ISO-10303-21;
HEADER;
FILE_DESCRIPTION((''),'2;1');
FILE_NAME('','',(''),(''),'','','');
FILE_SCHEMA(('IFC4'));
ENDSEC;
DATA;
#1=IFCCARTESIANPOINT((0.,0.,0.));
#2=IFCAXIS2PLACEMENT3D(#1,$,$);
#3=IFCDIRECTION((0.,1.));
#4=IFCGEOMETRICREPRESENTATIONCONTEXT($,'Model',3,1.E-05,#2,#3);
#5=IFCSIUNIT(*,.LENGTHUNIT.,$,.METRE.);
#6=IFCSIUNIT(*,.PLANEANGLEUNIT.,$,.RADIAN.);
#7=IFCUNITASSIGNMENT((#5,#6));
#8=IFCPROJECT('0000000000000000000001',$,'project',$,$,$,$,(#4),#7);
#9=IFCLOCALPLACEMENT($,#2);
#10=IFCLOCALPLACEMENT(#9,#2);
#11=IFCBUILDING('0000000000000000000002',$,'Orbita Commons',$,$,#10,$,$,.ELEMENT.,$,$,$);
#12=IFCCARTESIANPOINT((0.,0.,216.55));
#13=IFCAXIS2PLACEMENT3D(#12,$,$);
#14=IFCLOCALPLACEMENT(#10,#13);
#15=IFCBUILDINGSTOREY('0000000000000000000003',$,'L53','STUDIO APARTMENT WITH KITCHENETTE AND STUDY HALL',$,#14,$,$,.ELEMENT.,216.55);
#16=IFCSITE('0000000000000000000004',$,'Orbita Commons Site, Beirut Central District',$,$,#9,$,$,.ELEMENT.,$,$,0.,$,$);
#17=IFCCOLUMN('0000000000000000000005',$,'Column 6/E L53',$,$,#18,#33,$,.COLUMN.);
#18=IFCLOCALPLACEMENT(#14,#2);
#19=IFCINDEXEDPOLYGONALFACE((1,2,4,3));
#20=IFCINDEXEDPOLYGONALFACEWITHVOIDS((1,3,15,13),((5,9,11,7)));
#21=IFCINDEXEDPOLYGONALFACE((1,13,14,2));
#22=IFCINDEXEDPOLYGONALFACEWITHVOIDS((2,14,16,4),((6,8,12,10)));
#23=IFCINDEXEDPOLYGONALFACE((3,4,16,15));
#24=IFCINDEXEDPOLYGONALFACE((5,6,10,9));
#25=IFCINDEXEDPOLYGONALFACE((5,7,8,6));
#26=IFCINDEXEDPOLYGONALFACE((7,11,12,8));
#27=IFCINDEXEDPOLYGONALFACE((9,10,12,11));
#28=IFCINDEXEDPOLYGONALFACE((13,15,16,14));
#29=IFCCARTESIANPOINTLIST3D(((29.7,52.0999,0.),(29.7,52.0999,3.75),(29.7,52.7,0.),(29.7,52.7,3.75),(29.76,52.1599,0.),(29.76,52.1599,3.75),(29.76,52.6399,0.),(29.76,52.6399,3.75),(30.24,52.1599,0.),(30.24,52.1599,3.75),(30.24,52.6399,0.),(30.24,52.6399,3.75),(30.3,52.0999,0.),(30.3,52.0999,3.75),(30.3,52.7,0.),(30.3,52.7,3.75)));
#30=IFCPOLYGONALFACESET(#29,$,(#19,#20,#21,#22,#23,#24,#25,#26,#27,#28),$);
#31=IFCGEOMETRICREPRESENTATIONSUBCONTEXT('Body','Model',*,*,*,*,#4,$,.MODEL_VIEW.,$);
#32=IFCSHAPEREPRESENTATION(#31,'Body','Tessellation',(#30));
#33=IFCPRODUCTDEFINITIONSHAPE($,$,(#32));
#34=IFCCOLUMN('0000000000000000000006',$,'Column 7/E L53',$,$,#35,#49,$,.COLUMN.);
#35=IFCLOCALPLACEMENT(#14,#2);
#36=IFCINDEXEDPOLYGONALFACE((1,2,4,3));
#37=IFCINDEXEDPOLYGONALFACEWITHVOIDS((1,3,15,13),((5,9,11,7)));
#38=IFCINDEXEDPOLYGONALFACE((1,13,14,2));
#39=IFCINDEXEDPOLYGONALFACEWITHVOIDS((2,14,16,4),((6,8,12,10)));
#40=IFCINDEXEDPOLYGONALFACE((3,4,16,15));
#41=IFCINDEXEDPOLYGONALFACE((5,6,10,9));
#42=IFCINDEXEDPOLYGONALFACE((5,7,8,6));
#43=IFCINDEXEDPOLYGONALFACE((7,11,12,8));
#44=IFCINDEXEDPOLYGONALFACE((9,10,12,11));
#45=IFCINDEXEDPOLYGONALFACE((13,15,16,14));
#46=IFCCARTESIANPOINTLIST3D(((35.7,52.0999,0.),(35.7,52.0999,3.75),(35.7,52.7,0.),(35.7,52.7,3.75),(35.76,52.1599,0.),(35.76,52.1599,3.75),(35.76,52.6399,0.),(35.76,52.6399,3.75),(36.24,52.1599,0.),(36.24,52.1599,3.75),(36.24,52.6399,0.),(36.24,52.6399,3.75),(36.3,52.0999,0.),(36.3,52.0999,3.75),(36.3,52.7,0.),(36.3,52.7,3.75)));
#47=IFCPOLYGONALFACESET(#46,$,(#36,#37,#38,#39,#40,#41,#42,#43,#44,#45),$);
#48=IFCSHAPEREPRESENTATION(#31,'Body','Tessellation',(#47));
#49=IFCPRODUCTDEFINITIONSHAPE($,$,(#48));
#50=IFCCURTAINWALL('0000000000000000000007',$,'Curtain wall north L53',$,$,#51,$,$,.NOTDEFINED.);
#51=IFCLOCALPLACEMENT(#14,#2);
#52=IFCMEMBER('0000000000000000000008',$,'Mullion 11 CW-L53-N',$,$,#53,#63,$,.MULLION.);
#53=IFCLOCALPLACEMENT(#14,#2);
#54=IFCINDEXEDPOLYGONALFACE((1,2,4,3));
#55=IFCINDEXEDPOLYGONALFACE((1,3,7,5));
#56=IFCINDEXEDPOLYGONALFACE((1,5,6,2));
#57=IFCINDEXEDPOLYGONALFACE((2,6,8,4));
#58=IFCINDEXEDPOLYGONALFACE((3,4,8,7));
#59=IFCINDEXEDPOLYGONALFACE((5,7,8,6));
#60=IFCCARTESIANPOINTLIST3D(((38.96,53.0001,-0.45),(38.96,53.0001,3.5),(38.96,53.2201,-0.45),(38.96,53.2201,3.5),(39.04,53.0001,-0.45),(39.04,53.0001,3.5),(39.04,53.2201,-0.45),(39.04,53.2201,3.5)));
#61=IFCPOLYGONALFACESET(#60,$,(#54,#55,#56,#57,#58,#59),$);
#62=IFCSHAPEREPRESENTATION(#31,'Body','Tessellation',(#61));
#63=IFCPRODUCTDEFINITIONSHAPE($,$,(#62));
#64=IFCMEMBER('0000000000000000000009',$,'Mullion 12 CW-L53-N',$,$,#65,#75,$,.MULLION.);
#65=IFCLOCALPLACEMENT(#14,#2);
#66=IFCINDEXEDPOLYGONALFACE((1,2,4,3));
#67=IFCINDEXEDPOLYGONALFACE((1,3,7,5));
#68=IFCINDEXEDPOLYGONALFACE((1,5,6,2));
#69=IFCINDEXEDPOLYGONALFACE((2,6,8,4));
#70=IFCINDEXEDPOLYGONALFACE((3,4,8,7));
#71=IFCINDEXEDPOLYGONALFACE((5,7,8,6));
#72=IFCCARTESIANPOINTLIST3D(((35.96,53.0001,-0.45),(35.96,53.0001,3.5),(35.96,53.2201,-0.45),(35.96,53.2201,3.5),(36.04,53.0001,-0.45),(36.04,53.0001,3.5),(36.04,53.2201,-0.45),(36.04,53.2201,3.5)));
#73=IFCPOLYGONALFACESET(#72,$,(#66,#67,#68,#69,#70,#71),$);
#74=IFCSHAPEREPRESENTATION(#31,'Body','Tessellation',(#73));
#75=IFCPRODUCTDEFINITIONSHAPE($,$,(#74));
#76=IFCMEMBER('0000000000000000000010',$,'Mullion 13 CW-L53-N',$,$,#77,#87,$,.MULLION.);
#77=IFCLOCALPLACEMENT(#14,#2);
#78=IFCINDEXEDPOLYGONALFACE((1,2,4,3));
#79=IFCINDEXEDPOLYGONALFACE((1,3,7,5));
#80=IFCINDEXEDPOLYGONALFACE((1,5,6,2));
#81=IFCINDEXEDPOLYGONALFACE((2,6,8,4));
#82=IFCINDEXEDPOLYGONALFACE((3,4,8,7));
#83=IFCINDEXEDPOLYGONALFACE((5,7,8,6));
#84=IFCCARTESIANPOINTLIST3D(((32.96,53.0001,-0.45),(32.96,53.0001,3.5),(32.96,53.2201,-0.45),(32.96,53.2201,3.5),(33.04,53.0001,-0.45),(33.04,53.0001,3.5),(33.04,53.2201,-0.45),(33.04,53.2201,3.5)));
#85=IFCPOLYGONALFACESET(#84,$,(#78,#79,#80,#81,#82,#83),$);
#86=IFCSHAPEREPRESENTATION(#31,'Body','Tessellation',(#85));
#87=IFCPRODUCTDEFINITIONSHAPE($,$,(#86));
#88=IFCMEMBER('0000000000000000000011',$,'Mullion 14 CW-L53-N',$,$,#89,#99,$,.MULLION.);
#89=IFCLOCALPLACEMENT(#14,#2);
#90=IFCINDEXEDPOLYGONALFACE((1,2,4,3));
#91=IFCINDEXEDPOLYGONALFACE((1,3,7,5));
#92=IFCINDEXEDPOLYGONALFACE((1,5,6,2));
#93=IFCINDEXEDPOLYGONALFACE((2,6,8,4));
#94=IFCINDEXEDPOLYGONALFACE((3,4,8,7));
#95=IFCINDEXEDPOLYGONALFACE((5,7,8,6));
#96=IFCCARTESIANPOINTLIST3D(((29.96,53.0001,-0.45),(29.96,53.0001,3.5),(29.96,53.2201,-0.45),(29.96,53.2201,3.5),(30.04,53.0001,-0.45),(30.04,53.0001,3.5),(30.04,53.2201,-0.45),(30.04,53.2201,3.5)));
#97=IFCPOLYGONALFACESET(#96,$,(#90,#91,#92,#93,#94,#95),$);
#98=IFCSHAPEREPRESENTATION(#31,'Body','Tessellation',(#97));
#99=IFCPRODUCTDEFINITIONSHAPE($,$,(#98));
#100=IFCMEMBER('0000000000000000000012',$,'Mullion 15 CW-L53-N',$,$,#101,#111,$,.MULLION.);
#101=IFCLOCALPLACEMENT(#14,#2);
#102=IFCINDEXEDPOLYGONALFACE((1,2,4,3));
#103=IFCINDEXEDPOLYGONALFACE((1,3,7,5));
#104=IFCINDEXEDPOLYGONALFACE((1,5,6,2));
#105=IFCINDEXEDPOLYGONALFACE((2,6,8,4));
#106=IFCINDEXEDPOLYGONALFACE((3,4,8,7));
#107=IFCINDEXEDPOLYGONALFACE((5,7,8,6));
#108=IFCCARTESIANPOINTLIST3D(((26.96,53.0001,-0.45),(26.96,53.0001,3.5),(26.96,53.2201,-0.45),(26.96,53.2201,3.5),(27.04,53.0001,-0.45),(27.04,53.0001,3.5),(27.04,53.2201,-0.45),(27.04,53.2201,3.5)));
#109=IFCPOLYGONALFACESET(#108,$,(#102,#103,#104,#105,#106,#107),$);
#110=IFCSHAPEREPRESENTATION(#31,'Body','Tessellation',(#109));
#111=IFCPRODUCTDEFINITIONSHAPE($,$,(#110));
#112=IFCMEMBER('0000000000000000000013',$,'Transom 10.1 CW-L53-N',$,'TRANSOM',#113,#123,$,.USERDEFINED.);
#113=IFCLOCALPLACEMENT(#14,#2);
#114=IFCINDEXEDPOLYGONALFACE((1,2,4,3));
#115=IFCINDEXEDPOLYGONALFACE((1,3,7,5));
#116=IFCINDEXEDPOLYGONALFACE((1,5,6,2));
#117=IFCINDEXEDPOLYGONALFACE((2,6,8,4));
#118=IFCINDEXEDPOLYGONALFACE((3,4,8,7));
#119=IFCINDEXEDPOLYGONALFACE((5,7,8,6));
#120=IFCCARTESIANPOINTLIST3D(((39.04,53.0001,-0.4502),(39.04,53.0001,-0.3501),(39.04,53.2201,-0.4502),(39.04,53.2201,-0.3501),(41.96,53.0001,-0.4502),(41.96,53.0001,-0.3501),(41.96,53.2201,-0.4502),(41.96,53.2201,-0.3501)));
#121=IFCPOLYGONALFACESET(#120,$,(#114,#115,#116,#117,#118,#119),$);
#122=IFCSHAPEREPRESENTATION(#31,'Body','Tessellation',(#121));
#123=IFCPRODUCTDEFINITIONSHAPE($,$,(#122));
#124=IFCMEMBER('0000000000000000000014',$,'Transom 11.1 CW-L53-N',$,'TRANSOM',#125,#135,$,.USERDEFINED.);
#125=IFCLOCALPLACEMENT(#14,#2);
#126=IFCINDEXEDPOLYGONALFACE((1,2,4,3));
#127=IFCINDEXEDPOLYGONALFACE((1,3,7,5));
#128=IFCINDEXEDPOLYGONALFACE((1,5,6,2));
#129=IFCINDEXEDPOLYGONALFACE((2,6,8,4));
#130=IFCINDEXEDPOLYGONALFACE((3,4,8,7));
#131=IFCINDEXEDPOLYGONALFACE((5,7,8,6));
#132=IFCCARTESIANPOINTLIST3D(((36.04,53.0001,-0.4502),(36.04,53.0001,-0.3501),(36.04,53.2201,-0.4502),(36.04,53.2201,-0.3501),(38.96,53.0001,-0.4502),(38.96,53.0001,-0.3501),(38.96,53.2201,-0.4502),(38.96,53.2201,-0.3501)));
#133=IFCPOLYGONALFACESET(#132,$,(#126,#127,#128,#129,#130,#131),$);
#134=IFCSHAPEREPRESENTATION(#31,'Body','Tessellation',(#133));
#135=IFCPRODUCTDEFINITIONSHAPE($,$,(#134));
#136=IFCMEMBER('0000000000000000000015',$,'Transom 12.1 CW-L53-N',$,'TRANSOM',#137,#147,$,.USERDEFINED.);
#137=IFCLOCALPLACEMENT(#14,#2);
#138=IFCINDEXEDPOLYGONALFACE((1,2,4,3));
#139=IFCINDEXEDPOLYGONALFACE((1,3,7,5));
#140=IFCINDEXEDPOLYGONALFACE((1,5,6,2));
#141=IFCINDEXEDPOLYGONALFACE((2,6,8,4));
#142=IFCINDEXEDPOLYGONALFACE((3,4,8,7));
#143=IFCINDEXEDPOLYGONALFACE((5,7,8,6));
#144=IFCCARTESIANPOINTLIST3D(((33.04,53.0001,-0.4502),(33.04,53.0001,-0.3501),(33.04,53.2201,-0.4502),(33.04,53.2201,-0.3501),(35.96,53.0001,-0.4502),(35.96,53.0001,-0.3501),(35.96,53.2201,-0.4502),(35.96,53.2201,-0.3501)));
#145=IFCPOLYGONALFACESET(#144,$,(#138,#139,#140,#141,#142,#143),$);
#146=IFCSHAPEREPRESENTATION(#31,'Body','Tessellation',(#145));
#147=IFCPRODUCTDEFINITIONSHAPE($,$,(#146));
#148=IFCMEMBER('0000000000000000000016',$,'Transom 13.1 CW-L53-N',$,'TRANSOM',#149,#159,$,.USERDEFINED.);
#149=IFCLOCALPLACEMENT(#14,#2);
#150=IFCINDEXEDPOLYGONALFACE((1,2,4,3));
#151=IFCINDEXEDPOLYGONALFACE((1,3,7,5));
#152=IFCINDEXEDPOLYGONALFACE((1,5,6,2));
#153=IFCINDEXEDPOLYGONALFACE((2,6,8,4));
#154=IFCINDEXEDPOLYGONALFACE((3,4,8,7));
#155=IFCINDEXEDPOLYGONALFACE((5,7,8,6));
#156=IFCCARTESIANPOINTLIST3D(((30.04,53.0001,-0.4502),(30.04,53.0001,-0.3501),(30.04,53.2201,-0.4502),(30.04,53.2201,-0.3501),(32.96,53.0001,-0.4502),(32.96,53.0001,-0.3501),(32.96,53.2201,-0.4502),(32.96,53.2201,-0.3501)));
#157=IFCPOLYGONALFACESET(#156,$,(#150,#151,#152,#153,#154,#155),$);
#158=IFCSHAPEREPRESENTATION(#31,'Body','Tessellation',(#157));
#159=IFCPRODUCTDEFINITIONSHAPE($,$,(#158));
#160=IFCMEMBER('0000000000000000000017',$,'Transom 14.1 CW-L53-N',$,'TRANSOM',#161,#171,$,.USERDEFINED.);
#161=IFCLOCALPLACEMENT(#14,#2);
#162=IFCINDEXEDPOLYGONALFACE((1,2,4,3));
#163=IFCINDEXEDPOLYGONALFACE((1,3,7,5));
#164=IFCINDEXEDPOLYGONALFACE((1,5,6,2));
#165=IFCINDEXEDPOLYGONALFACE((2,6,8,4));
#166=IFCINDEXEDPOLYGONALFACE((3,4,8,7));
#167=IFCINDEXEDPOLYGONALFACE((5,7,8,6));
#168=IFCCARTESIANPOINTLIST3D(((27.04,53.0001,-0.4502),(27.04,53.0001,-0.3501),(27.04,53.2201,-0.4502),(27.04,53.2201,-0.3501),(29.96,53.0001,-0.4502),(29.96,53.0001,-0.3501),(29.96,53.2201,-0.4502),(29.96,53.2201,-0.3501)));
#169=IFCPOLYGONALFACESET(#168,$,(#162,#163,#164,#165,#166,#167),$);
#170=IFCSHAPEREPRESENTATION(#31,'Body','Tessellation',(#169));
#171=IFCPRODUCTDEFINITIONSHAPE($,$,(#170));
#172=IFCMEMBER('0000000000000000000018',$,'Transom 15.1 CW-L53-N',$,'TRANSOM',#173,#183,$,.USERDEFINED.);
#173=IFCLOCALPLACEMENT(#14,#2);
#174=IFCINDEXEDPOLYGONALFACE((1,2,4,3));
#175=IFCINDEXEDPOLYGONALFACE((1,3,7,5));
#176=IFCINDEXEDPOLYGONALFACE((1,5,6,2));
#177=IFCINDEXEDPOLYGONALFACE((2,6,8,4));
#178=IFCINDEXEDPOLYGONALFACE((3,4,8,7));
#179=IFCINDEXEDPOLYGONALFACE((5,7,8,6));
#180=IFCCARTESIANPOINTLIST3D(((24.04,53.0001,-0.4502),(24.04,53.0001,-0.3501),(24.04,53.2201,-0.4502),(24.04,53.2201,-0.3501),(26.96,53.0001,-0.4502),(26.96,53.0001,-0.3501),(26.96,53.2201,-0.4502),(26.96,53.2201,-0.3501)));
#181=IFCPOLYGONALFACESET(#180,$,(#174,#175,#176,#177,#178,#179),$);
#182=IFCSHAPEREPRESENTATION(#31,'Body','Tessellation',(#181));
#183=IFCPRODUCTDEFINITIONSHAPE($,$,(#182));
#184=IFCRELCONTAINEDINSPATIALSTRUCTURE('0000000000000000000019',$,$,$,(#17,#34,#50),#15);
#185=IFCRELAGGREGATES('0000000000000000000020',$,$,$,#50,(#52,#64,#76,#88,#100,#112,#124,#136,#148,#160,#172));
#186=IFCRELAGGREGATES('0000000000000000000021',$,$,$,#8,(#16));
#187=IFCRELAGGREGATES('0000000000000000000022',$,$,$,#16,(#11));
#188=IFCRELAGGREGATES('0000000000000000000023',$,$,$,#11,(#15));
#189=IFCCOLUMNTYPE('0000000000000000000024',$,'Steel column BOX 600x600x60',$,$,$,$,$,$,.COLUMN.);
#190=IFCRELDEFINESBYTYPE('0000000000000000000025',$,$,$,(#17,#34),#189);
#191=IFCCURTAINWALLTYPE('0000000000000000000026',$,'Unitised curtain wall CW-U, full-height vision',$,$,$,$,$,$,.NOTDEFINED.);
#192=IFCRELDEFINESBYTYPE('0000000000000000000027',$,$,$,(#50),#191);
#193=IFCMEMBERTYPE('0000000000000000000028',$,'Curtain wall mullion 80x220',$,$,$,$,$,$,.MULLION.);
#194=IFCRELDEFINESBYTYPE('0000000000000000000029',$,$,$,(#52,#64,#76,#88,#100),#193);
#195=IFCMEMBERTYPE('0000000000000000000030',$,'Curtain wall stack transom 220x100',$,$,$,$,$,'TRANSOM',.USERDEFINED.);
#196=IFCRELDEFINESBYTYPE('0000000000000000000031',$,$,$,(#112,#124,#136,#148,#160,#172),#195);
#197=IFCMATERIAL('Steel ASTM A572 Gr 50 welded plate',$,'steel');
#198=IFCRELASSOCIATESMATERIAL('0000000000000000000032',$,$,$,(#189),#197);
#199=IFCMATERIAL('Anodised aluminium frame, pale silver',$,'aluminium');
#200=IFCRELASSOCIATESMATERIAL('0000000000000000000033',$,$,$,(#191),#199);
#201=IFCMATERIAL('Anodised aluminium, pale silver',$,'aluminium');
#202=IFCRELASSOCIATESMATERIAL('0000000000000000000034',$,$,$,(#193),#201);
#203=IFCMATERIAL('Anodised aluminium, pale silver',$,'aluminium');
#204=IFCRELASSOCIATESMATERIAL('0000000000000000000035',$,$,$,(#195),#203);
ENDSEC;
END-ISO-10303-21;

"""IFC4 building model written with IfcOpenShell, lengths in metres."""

from ifc_helpers import new_model, si_unit, direction, frame, origin, origin_2d, place, context, subcontext, project, spatial, rectangle, hollow_rectangle, extrude, material, material_profile, profile_set, type_object, element, aggregate, save


model = new_model("IFC4")

# Units and contexts
model_context = context("Model", 3, precision=1e-05, world=origin(), true_north=direction((0.0, 1.0)))
body_context = subcontext(model_context, "Body", "Model", "MODEL_VIEW")
ifc_project = project(units=[si_unit("LENGTHUNIT", "METRE"), si_unit("PLANEANGLEUNIT", "RADIAN")], contexts=[model_context])

# Site, building, storey
site_placement = place(None, origin())
site = spatial("IfcSite", under=ifc_project, at=site_placement, Name="Orbita Commons Site, Beirut Central District", CompositionType="ELEMENT", RefElevation=0.0)
building_placement = place(site_placement, origin())
building = spatial("IfcBuilding", under=site, at=building_placement, Name="Orbita Commons", CompositionType="ELEMENT")
storey_placement = place(building_placement, frame((0.0, 0.0, 216.55)))
storey = spatial("IfcBuildingStorey", under=building, at=storey_placement, Name="L53", Description="STUDIO APARTMENT WITH KITCHENETTE AND STUDY HALL", CompositionType="ELEMENT", Elevation=216.55)

# Columns
ifc_material_1 = material(Name="Steel ASTM A572 Gr 50 welded plate", Category="steel")
ifc_material_profile_1 = material_profile(ifc_material_1, hollow_rectangle(XDim=0.6001, YDim=0.6001, WallThickness=0.0601, at=origin_2d()), Name="BOX 600x600x60")
ifc_profile_set_1 = profile_set([ifc_material_profile_1], Name="Steel ASTM A572 Gr 50 welded plate")
column_type = type_object("IfcColumnType", Name="Steel column BOX 600x600x60", PredefinedType="COLUMN", material=ifc_profile_set_1)
for number, where, z_axis, x_axis, name in (
    (1, (30.0, 52.3999, 0.0), (0.0, 0.0, 1.0), (1.0, 0.0, 0.0), "Column 6/E L53"),
    (2, (36.0, 52.3999, 0.0), (0.0, 0.0, 1.0), (1.0, 0.0, 0.0), "Column 7/E L53"),
):
    element("IfcColumn", number, at=place(storey_placement, frame(where, z_axis=z_axis, x_axis=x_axis)), inside=storey, type_object=column_type, Name=name, PredefinedType="COLUMN", context=body_context, shape_type="SweptSolid", body=[
        extrude(hollow_rectangle(XDim=0.6001, YDim=0.6001, WallThickness=0.0601, at=origin_2d()), origin(), (0.0, 0.0, 1.0), 3.75),
    ])

# Curtain wall, members
ifc_material_2 = material(Name="Anodised aluminium frame, pale silver", Category="aluminium")
curtain_wall_type = type_object("IfcCurtainWallType", Name="Unitised curtain wall CW-U, full-height vision", PredefinedType="NOTDEFINED", material=ifc_material_2)
curtain_wall_placement = place(storey_placement, origin())
curtain_wall = element("IfcCurtainWall", 3, at=curtain_wall_placement, inside=storey, type_object=curtain_wall_type, Name="Curtain wall north L53", PredefinedType="NOTDEFINED")
ifc_material_3 = material(Name="Anodised aluminium, pale silver", Category="aluminium")
ifc_material_profile_2 = material_profile(ifc_material_3, rectangle(XDim=0.0801, YDim=0.22, at=origin_2d()), Name="AL 80x220")
ifc_profile_set_2 = profile_set([ifc_material_profile_2], Name="Anodised aluminium, pale silver")
member_type_1 = type_object("IfcMemberType", Name="Curtain wall mullion 80x220", PredefinedType="MULLION", material=ifc_profile_set_2)
member_1_placement = place(storey_placement, frame((39.0, 53.1101, -0.45), z_axis=(0.0, 0.0, 1.0), x_axis=(-1.0, 0.0, 0.0)))
member_1 = element("IfcMember", 4, at=member_1_placement, type_object=member_type_1, Name="Mullion 11 CW-L53-N", PredefinedType="MULLION", context=body_context, shape_type="SweptSolid", body=[
    extrude(rectangle(XDim=0.0801, YDim=0.22, at=origin_2d()), origin(), (0.0, 0.0, 1.0), 3.95),
])
member_2_placement = place(storey_placement, frame((36.0, 53.1101, -0.45), z_axis=(0.0, 0.0, 1.0), x_axis=(-1.0, 0.0, 0.0)))
member_2 = element("IfcMember", 5, at=member_2_placement, type_object=member_type_1, Name="Mullion 12 CW-L53-N", PredefinedType="MULLION", context=body_context, shape_type="SweptSolid", body=[
    extrude(rectangle(XDim=0.0801, YDim=0.22, at=origin_2d()), origin(), (0.0, 0.0, 1.0), 3.95),
])
member_3_placement = place(storey_placement, frame((33.0, 53.1101, -0.45), z_axis=(0.0, 0.0, 1.0), x_axis=(-1.0, 0.0, 0.0)))
member_3 = element("IfcMember", 6, at=member_3_placement, type_object=member_type_1, Name="Mullion 13 CW-L53-N", PredefinedType="MULLION", context=body_context, shape_type="SweptSolid", body=[
    extrude(rectangle(XDim=0.0801, YDim=0.22, at=origin_2d()), origin(), (0.0, 0.0, 1.0), 3.95),
])
member_4_placement = place(storey_placement, frame((30.0, 53.1101, -0.45), z_axis=(0.0, 0.0, 1.0), x_axis=(-1.0, 0.0, 0.0)))
member_4 = element("IfcMember", 7, at=member_4_placement, type_object=member_type_1, Name="Mullion 14 CW-L53-N", PredefinedType="MULLION", context=body_context, shape_type="SweptSolid", body=[
    extrude(rectangle(XDim=0.0801, YDim=0.22, at=origin_2d()), origin(), (0.0, 0.0, 1.0), 3.95),
])
member_5_placement = place(storey_placement, frame((27.0, 53.1101, -0.45), z_axis=(0.0, 0.0, 1.0), x_axis=(-1.0, 0.0, 0.0)))
member_5 = element("IfcMember", 8, at=member_5_placement, type_object=member_type_1, Name="Mullion 15 CW-L53-N", PredefinedType="MULLION", context=body_context, shape_type="SweptSolid", body=[
    extrude(rectangle(XDim=0.0801, YDim=0.22, at=origin_2d()), origin(), (0.0, 0.0, 1.0), 3.95),
])
ifc_material_4 = material(Name="Anodised aluminium, pale silver", Category="aluminium")
ifc_material_profile_3 = material_profile(ifc_material_4, rectangle(XDim=0.22, YDim=0.1001, at=origin_2d()), Name="AL 220x100")
ifc_profile_set_3 = profile_set([ifc_material_profile_3], Name="Anodised aluminium, pale silver")
member_type_2 = type_object("IfcMemberType", Name="Curtain wall stack transom 220x100", ElementType="TRANSOM", PredefinedType="USERDEFINED", material=ifc_profile_set_3)
member_6_placement = place(storey_placement, frame((41.96, 53.1101, -0.4001), z_axis=(-1.0, 0.0, 0.0), x_axis=(0.0, -1.0, 0.0)))
member_6 = element("IfcMember", 9, at=member_6_placement, type_object=member_type_2, Name="Transom 10.1 CW-L53-N", ObjectType="TRANSOM", PredefinedType="USERDEFINED", context=body_context, shape_type="SweptSolid", body=[
    extrude(rectangle(XDim=0.22, YDim=0.1001, at=origin_2d()), origin(), (0.0, 0.0, 1.0), 2.9199),
])
member_7_placement = place(storey_placement, frame((38.96, 53.1101, -0.4001), z_axis=(-1.0, 0.0, 0.0), x_axis=(0.0, -1.0, 0.0)))
member_7 = element("IfcMember", 10, at=member_7_placement, type_object=member_type_2, Name="Transom 11.1 CW-L53-N", ObjectType="TRANSOM", PredefinedType="USERDEFINED", context=body_context, shape_type="SweptSolid", body=[
    extrude(rectangle(XDim=0.22, YDim=0.1001, at=origin_2d()), origin(), (0.0, 0.0, 1.0), 2.9199),
])
member_8_placement = place(storey_placement, frame((35.96, 53.1101, -0.4001), z_axis=(-1.0, 0.0, 0.0), x_axis=(0.0, -1.0, 0.0)))
member_8 = element("IfcMember", 11, at=member_8_placement, type_object=member_type_2, Name="Transom 12.1 CW-L53-N", ObjectType="TRANSOM", PredefinedType="USERDEFINED", context=body_context, shape_type="SweptSolid", body=[
    extrude(rectangle(XDim=0.22, YDim=0.1001, at=origin_2d()), origin(), (0.0, 0.0, 1.0), 2.9199),
])
member_9_placement = place(storey_placement, frame((32.96, 53.1101, -0.4001), z_axis=(-1.0, 0.0, 0.0), x_axis=(0.0, -1.0, 0.0)))
member_9 = element("IfcMember", 12, at=member_9_placement, type_object=member_type_2, Name="Transom 13.1 CW-L53-N", ObjectType="TRANSOM", PredefinedType="USERDEFINED", context=body_context, shape_type="SweptSolid", body=[
    extrude(rectangle(XDim=0.22, YDim=0.1001, at=origin_2d()), origin(), (0.0, 0.0, 1.0), 2.9199),
])
member_10_placement = place(storey_placement, frame((29.96, 53.1101, -0.4001), z_axis=(-1.0, 0.0, 0.0), x_axis=(0.0, -1.0, 0.0)))
member_10 = element("IfcMember", 13, at=member_10_placement, type_object=member_type_2, Name="Transom 14.1 CW-L53-N", ObjectType="TRANSOM", PredefinedType="USERDEFINED", context=body_context, shape_type="SweptSolid", body=[
    extrude(rectangle(XDim=0.22, YDim=0.1001, at=origin_2d()), origin(), (0.0, 0.0, 1.0), 2.9199),
])
member_11_placement = place(storey_placement, frame((26.96, 53.1101, -0.4001), z_axis=(-1.0, 0.0, 0.0), x_axis=(0.0, -1.0, 0.0)))
member_11 = element("IfcMember", 14, at=member_11_placement, type_object=member_type_2, Name="Transom 15.1 CW-L53-N", ObjectType="TRANSOM", PredefinedType="USERDEFINED", context=body_context, shape_type="SweptSolid", body=[
    extrude(rectangle(XDim=0.22, YDim=0.1001, at=origin_2d()), origin(), (0.0, 0.0, 1.0), 2.9199),
])

aggregate(curtain_wall, [member_1, member_2, member_3, member_4, member_5, member_6, member_7, member_8, member_9, member_10, member_11])

save(model, "model.ifc")
